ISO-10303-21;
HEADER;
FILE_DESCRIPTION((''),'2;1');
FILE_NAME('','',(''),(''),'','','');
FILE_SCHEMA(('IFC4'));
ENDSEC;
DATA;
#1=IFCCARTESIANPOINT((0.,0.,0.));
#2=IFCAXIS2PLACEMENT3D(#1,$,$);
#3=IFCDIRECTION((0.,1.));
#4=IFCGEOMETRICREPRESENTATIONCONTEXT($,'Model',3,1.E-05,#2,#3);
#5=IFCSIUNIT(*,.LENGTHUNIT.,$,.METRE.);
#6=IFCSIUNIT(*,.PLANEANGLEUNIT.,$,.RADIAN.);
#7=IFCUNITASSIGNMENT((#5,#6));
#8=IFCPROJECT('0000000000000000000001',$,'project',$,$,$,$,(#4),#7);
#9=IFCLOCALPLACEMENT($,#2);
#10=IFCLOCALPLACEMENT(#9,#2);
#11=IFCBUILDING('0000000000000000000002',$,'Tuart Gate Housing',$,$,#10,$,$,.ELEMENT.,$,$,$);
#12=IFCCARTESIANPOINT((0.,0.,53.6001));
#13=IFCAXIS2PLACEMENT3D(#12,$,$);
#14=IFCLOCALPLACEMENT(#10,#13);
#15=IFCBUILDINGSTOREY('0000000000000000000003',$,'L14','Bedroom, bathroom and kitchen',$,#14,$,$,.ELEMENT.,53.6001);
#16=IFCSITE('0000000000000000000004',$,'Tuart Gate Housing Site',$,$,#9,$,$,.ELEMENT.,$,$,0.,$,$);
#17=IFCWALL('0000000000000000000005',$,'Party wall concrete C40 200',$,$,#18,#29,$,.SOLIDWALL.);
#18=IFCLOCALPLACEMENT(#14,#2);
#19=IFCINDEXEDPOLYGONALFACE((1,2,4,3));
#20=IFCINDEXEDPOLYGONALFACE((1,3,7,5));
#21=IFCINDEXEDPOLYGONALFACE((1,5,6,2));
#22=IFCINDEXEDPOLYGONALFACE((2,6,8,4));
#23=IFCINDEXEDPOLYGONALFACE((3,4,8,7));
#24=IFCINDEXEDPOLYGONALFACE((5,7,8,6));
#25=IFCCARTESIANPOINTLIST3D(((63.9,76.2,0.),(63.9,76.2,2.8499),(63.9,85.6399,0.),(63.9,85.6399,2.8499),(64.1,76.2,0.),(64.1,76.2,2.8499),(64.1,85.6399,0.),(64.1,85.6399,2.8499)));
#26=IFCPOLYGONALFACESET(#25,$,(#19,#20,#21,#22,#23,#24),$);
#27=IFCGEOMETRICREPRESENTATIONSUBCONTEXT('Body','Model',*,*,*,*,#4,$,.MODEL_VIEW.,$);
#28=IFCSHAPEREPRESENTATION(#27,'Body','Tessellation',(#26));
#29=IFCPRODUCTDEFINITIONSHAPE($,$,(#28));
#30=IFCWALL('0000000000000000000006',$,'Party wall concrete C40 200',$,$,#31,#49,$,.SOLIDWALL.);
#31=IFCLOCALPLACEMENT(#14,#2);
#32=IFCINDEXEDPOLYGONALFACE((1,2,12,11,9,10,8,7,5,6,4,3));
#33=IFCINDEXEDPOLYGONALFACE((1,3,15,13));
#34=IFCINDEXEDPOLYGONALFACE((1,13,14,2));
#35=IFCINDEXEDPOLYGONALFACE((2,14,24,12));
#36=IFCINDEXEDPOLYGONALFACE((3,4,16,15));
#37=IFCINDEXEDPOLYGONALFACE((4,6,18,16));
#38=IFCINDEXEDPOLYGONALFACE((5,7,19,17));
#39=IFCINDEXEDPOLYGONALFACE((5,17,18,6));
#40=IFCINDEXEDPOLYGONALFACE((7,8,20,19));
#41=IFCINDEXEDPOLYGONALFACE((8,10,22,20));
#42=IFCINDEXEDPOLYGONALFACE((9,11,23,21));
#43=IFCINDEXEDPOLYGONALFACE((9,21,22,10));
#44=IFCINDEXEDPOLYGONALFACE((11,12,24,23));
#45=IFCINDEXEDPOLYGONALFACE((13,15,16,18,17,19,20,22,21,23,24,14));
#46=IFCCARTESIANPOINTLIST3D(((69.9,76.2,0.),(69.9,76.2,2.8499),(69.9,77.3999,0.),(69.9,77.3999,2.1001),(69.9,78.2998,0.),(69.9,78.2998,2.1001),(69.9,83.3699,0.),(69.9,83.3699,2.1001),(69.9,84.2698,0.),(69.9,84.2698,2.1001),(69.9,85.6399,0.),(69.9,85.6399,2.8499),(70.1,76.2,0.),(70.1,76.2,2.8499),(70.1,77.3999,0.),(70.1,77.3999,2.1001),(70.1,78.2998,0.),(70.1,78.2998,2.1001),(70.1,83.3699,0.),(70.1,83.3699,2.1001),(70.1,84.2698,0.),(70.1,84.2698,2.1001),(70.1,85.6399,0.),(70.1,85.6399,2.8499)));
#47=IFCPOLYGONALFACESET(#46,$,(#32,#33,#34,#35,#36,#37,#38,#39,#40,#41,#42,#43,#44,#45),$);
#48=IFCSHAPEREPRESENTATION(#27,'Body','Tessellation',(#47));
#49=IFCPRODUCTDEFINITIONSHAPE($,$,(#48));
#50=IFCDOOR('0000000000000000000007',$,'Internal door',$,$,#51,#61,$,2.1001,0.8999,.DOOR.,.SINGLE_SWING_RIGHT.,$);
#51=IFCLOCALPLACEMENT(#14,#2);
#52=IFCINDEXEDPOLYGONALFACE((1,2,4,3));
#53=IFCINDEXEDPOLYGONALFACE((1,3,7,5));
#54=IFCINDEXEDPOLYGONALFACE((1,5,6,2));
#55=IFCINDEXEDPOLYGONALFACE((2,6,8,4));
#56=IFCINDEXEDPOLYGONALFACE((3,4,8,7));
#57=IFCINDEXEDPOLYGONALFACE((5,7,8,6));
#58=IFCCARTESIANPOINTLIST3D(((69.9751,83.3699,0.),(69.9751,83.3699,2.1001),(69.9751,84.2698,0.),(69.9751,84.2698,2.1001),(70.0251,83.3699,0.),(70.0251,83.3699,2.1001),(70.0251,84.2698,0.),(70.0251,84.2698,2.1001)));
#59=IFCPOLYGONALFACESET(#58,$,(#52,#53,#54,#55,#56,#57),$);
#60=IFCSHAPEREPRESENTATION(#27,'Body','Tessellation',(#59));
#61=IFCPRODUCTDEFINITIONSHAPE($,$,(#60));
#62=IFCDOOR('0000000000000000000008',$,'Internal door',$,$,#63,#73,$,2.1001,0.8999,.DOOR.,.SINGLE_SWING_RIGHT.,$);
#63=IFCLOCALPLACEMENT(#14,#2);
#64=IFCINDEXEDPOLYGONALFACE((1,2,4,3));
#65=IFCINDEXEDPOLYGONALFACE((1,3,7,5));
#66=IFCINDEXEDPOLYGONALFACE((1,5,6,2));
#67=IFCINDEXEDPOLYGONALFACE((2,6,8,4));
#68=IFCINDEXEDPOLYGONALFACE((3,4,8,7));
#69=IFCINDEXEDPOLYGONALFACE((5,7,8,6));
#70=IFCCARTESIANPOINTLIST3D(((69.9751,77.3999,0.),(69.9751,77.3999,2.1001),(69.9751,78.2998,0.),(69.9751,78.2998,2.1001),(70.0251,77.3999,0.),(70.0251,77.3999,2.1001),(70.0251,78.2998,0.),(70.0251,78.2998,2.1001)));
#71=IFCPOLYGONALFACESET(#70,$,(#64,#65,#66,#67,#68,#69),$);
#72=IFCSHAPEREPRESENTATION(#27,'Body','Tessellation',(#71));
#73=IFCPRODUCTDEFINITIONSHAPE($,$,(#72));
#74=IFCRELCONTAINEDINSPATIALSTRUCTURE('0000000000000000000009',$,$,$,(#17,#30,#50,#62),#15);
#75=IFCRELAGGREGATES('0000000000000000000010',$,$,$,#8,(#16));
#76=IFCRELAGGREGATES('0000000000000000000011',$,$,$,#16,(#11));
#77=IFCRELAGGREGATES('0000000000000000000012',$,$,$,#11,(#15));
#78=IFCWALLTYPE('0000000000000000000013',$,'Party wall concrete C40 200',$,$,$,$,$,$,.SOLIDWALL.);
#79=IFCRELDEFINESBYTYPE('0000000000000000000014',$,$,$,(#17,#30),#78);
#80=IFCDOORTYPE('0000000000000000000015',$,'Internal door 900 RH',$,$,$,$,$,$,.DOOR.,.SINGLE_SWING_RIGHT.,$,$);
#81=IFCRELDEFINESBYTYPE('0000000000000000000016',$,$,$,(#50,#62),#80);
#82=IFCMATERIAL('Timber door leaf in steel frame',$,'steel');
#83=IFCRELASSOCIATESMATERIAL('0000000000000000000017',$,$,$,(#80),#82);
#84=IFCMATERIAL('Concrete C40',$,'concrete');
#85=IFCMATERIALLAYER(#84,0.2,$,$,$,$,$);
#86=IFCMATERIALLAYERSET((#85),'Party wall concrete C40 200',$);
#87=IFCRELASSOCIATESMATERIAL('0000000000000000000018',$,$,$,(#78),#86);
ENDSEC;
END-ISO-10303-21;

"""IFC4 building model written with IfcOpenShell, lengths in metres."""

from ifc_helpers import new_model, si_unit, direction, frame, frame_2d, origin, place, context, subcontext, project, spatial, rectangle, extrude, material, layer, layer_set, type_object, element, fill, save


model = new_model("IFC4")

# Units and contexts
model_context = context("Model", 3, precision=1e-05, world=origin(), true_north=direction((0.0, 1.0)))
body_context = subcontext(model_context, "Body", "Model", "MODEL_VIEW")
ifc_project = project(units=[si_unit("LENGTHUNIT", "METRE"), si_unit("PLANEANGLEUNIT", "RADIAN")], contexts=[model_context])

# Site, building, storey
site_placement = place(None, origin())
site = spatial("IfcSite", under=ifc_project, at=site_placement, Name="Tuart Gate Housing Site", CompositionType="ELEMENT", RefElevation=0.0)
building_placement = place(site_placement, origin())
building = spatial("IfcBuilding", under=site, at=building_placement, Name="Tuart Gate Housing", CompositionType="ELEMENT")
storey_placement = place(building_placement, frame((0.0, 0.0, 53.6001)))
storey = spatial("IfcBuildingStorey", under=building, at=storey_placement, Name="L14", Description="Bedroom, bathroom and kitchen", CompositionType="ELEMENT", Elevation=53.6001)

# Shared definitions
ifc_material_1 = material(Name="Timber door leaf in steel frame", Category="steel")
door_type_1 = type_object("IfcDoorType", Name="Internal door 900 RH", OperationType="SINGLE_SWING_RIGHT", PredefinedType="DOOR", material=ifc_material_1)

# Wall
ifc_material_2 = material(Name="Concrete C40", Category="concrete")
ifc_layer_1 = layer(ifc_material_2, 0.2)
ifc_layer_set_1 = layer_set([ifc_layer_1], Name="Party wall concrete C40 200")
wall_type_1 = type_object("IfcWallType", Name="Party wall concrete C40 200", PredefinedType="SOLIDWALL", material=ifc_layer_set_1)
wall_1_placement = place(storey_placement, frame((64.0, 76.2, 0.0), z_axis=(0.0, 0.0, 1.0), x_axis=(0.0, 1.0, 0.0)))
element("IfcWall", 1, at=wall_1_placement, inside=storey, type_object=wall_type_1, Name="Party wall concrete C40 200", PredefinedType="SOLIDWALL", context=body_context, shape_type="SweptSolid", body=[
    extrude(rectangle(XDim=9.4399, YDim=0.2, at=frame_2d((4.72, 0.0))), origin(), (0.0, 0.0, 1.0), 2.8499),
])

# Wall, openings, doors
wall_2_placement = place(storey_placement, frame((70.0, 76.2, 0.0), z_axis=(0.0, 0.0, 1.0), x_axis=(0.0, 1.0, 0.0)))
wall_2 = element("IfcWall", 2, at=wall_2_placement, inside=storey, type_object=wall_type_1, Name="Party wall concrete C40 200", PredefinedType="SOLIDWALL", context=body_context, shape_type="SweptSolid", body=[
    extrude(rectangle(XDim=9.4399, YDim=0.2, at=frame_2d((4.72, 0.0))), origin(), (0.0, 0.0, 1.0), 2.8499),
])
opening_1_placement = place(wall_2_placement, frame((7.1699, 0.0, 0.0)))
opening_1 = element("IfcOpeningElement", 3, at=opening_1_placement, cuts=wall_2, PredefinedType="OPENING", context=body_context, shape_type="SweptSolid", body=[
    extrude(rectangle(XDim=0.8999, YDim=2.1001, at=frame_2d((0.45, 1.05))), frame((0.0, 0.1099, 0.0), z_axis=(0.0, -1.0, 0.0), x_axis=(1.0, 0.0, 0.0)), (0.0, 0.0, 1.0), 0.22),
])
opening_2_placement = place(wall_2_placement, frame((1.2, 0.0, 0.0)))
opening_2 = element("IfcOpeningElement", 4, at=opening_2_placement, cuts=wall_2, PredefinedType="OPENING", context=body_context, shape_type="SweptSolid", body=[
    extrude(rectangle(XDim=0.8999, YDim=2.1001, at=frame_2d((0.45, 1.05))), frame((0.0, 0.1099, 0.0), z_axis=(0.0, -1.0, 0.0), x_axis=(1.0, 0.0, 0.0)), (0.0, 0.0, 1.0), 0.22),
])
door_1_placement = place(opening_1_placement, frame((0.8999, 0.0, 0.0), z_axis=(0.0, 0.0, 1.0), x_axis=(-1.0, 0.0, 0.0)))
door_1 = element("IfcDoor", 5, at=door_1_placement, inside=storey, type_object=door_type_1, Name="Internal door", OperationType="SINGLE_SWING_RIGHT", OverallHeight=2.1001, OverallWidth=0.8999, PredefinedType="DOOR", context=body_context, shape_type="SweptSolid", body=[
    extrude(rectangle(XDim=0.8999, YDim=2.1001, at=frame_2d((0.45, 1.05))), frame((0.0, 0.0251, 0.0), z_axis=(0.0, -1.0, 0.0), x_axis=(1.0, 0.0, 0.0)), (0.0, 0.0, 1.0), 0.05),
])
fill(opening_1, door_1)
door_2_placement = place(opening_2_placement, frame((0.8999, 0.0, 0.0), z_axis=(0.0, 0.0, 1.0), x_axis=(-1.0, 0.0, 0.0)))
door_2 = element("IfcDoor", 6, at=door_2_placement, inside=storey, type_object=door_type_1, Name="Internal door", OperationType="SINGLE_SWING_RIGHT", OverallHeight=2.1001, OverallWidth=0.8999, PredefinedType="DOOR", context=body_context, shape_type="SweptSolid", body=[
    extrude(rectangle(XDim=0.8999, YDim=2.1001, at=frame_2d((0.45, 1.05))), frame((0.0, 0.0251, 0.0), z_axis=(0.0, -1.0, 0.0), x_axis=(1.0, 0.0, 0.0)), (0.0, 0.0, 1.0), 0.05),
])
fill(opening_2, door_2)

save(model, "model.ifc")
